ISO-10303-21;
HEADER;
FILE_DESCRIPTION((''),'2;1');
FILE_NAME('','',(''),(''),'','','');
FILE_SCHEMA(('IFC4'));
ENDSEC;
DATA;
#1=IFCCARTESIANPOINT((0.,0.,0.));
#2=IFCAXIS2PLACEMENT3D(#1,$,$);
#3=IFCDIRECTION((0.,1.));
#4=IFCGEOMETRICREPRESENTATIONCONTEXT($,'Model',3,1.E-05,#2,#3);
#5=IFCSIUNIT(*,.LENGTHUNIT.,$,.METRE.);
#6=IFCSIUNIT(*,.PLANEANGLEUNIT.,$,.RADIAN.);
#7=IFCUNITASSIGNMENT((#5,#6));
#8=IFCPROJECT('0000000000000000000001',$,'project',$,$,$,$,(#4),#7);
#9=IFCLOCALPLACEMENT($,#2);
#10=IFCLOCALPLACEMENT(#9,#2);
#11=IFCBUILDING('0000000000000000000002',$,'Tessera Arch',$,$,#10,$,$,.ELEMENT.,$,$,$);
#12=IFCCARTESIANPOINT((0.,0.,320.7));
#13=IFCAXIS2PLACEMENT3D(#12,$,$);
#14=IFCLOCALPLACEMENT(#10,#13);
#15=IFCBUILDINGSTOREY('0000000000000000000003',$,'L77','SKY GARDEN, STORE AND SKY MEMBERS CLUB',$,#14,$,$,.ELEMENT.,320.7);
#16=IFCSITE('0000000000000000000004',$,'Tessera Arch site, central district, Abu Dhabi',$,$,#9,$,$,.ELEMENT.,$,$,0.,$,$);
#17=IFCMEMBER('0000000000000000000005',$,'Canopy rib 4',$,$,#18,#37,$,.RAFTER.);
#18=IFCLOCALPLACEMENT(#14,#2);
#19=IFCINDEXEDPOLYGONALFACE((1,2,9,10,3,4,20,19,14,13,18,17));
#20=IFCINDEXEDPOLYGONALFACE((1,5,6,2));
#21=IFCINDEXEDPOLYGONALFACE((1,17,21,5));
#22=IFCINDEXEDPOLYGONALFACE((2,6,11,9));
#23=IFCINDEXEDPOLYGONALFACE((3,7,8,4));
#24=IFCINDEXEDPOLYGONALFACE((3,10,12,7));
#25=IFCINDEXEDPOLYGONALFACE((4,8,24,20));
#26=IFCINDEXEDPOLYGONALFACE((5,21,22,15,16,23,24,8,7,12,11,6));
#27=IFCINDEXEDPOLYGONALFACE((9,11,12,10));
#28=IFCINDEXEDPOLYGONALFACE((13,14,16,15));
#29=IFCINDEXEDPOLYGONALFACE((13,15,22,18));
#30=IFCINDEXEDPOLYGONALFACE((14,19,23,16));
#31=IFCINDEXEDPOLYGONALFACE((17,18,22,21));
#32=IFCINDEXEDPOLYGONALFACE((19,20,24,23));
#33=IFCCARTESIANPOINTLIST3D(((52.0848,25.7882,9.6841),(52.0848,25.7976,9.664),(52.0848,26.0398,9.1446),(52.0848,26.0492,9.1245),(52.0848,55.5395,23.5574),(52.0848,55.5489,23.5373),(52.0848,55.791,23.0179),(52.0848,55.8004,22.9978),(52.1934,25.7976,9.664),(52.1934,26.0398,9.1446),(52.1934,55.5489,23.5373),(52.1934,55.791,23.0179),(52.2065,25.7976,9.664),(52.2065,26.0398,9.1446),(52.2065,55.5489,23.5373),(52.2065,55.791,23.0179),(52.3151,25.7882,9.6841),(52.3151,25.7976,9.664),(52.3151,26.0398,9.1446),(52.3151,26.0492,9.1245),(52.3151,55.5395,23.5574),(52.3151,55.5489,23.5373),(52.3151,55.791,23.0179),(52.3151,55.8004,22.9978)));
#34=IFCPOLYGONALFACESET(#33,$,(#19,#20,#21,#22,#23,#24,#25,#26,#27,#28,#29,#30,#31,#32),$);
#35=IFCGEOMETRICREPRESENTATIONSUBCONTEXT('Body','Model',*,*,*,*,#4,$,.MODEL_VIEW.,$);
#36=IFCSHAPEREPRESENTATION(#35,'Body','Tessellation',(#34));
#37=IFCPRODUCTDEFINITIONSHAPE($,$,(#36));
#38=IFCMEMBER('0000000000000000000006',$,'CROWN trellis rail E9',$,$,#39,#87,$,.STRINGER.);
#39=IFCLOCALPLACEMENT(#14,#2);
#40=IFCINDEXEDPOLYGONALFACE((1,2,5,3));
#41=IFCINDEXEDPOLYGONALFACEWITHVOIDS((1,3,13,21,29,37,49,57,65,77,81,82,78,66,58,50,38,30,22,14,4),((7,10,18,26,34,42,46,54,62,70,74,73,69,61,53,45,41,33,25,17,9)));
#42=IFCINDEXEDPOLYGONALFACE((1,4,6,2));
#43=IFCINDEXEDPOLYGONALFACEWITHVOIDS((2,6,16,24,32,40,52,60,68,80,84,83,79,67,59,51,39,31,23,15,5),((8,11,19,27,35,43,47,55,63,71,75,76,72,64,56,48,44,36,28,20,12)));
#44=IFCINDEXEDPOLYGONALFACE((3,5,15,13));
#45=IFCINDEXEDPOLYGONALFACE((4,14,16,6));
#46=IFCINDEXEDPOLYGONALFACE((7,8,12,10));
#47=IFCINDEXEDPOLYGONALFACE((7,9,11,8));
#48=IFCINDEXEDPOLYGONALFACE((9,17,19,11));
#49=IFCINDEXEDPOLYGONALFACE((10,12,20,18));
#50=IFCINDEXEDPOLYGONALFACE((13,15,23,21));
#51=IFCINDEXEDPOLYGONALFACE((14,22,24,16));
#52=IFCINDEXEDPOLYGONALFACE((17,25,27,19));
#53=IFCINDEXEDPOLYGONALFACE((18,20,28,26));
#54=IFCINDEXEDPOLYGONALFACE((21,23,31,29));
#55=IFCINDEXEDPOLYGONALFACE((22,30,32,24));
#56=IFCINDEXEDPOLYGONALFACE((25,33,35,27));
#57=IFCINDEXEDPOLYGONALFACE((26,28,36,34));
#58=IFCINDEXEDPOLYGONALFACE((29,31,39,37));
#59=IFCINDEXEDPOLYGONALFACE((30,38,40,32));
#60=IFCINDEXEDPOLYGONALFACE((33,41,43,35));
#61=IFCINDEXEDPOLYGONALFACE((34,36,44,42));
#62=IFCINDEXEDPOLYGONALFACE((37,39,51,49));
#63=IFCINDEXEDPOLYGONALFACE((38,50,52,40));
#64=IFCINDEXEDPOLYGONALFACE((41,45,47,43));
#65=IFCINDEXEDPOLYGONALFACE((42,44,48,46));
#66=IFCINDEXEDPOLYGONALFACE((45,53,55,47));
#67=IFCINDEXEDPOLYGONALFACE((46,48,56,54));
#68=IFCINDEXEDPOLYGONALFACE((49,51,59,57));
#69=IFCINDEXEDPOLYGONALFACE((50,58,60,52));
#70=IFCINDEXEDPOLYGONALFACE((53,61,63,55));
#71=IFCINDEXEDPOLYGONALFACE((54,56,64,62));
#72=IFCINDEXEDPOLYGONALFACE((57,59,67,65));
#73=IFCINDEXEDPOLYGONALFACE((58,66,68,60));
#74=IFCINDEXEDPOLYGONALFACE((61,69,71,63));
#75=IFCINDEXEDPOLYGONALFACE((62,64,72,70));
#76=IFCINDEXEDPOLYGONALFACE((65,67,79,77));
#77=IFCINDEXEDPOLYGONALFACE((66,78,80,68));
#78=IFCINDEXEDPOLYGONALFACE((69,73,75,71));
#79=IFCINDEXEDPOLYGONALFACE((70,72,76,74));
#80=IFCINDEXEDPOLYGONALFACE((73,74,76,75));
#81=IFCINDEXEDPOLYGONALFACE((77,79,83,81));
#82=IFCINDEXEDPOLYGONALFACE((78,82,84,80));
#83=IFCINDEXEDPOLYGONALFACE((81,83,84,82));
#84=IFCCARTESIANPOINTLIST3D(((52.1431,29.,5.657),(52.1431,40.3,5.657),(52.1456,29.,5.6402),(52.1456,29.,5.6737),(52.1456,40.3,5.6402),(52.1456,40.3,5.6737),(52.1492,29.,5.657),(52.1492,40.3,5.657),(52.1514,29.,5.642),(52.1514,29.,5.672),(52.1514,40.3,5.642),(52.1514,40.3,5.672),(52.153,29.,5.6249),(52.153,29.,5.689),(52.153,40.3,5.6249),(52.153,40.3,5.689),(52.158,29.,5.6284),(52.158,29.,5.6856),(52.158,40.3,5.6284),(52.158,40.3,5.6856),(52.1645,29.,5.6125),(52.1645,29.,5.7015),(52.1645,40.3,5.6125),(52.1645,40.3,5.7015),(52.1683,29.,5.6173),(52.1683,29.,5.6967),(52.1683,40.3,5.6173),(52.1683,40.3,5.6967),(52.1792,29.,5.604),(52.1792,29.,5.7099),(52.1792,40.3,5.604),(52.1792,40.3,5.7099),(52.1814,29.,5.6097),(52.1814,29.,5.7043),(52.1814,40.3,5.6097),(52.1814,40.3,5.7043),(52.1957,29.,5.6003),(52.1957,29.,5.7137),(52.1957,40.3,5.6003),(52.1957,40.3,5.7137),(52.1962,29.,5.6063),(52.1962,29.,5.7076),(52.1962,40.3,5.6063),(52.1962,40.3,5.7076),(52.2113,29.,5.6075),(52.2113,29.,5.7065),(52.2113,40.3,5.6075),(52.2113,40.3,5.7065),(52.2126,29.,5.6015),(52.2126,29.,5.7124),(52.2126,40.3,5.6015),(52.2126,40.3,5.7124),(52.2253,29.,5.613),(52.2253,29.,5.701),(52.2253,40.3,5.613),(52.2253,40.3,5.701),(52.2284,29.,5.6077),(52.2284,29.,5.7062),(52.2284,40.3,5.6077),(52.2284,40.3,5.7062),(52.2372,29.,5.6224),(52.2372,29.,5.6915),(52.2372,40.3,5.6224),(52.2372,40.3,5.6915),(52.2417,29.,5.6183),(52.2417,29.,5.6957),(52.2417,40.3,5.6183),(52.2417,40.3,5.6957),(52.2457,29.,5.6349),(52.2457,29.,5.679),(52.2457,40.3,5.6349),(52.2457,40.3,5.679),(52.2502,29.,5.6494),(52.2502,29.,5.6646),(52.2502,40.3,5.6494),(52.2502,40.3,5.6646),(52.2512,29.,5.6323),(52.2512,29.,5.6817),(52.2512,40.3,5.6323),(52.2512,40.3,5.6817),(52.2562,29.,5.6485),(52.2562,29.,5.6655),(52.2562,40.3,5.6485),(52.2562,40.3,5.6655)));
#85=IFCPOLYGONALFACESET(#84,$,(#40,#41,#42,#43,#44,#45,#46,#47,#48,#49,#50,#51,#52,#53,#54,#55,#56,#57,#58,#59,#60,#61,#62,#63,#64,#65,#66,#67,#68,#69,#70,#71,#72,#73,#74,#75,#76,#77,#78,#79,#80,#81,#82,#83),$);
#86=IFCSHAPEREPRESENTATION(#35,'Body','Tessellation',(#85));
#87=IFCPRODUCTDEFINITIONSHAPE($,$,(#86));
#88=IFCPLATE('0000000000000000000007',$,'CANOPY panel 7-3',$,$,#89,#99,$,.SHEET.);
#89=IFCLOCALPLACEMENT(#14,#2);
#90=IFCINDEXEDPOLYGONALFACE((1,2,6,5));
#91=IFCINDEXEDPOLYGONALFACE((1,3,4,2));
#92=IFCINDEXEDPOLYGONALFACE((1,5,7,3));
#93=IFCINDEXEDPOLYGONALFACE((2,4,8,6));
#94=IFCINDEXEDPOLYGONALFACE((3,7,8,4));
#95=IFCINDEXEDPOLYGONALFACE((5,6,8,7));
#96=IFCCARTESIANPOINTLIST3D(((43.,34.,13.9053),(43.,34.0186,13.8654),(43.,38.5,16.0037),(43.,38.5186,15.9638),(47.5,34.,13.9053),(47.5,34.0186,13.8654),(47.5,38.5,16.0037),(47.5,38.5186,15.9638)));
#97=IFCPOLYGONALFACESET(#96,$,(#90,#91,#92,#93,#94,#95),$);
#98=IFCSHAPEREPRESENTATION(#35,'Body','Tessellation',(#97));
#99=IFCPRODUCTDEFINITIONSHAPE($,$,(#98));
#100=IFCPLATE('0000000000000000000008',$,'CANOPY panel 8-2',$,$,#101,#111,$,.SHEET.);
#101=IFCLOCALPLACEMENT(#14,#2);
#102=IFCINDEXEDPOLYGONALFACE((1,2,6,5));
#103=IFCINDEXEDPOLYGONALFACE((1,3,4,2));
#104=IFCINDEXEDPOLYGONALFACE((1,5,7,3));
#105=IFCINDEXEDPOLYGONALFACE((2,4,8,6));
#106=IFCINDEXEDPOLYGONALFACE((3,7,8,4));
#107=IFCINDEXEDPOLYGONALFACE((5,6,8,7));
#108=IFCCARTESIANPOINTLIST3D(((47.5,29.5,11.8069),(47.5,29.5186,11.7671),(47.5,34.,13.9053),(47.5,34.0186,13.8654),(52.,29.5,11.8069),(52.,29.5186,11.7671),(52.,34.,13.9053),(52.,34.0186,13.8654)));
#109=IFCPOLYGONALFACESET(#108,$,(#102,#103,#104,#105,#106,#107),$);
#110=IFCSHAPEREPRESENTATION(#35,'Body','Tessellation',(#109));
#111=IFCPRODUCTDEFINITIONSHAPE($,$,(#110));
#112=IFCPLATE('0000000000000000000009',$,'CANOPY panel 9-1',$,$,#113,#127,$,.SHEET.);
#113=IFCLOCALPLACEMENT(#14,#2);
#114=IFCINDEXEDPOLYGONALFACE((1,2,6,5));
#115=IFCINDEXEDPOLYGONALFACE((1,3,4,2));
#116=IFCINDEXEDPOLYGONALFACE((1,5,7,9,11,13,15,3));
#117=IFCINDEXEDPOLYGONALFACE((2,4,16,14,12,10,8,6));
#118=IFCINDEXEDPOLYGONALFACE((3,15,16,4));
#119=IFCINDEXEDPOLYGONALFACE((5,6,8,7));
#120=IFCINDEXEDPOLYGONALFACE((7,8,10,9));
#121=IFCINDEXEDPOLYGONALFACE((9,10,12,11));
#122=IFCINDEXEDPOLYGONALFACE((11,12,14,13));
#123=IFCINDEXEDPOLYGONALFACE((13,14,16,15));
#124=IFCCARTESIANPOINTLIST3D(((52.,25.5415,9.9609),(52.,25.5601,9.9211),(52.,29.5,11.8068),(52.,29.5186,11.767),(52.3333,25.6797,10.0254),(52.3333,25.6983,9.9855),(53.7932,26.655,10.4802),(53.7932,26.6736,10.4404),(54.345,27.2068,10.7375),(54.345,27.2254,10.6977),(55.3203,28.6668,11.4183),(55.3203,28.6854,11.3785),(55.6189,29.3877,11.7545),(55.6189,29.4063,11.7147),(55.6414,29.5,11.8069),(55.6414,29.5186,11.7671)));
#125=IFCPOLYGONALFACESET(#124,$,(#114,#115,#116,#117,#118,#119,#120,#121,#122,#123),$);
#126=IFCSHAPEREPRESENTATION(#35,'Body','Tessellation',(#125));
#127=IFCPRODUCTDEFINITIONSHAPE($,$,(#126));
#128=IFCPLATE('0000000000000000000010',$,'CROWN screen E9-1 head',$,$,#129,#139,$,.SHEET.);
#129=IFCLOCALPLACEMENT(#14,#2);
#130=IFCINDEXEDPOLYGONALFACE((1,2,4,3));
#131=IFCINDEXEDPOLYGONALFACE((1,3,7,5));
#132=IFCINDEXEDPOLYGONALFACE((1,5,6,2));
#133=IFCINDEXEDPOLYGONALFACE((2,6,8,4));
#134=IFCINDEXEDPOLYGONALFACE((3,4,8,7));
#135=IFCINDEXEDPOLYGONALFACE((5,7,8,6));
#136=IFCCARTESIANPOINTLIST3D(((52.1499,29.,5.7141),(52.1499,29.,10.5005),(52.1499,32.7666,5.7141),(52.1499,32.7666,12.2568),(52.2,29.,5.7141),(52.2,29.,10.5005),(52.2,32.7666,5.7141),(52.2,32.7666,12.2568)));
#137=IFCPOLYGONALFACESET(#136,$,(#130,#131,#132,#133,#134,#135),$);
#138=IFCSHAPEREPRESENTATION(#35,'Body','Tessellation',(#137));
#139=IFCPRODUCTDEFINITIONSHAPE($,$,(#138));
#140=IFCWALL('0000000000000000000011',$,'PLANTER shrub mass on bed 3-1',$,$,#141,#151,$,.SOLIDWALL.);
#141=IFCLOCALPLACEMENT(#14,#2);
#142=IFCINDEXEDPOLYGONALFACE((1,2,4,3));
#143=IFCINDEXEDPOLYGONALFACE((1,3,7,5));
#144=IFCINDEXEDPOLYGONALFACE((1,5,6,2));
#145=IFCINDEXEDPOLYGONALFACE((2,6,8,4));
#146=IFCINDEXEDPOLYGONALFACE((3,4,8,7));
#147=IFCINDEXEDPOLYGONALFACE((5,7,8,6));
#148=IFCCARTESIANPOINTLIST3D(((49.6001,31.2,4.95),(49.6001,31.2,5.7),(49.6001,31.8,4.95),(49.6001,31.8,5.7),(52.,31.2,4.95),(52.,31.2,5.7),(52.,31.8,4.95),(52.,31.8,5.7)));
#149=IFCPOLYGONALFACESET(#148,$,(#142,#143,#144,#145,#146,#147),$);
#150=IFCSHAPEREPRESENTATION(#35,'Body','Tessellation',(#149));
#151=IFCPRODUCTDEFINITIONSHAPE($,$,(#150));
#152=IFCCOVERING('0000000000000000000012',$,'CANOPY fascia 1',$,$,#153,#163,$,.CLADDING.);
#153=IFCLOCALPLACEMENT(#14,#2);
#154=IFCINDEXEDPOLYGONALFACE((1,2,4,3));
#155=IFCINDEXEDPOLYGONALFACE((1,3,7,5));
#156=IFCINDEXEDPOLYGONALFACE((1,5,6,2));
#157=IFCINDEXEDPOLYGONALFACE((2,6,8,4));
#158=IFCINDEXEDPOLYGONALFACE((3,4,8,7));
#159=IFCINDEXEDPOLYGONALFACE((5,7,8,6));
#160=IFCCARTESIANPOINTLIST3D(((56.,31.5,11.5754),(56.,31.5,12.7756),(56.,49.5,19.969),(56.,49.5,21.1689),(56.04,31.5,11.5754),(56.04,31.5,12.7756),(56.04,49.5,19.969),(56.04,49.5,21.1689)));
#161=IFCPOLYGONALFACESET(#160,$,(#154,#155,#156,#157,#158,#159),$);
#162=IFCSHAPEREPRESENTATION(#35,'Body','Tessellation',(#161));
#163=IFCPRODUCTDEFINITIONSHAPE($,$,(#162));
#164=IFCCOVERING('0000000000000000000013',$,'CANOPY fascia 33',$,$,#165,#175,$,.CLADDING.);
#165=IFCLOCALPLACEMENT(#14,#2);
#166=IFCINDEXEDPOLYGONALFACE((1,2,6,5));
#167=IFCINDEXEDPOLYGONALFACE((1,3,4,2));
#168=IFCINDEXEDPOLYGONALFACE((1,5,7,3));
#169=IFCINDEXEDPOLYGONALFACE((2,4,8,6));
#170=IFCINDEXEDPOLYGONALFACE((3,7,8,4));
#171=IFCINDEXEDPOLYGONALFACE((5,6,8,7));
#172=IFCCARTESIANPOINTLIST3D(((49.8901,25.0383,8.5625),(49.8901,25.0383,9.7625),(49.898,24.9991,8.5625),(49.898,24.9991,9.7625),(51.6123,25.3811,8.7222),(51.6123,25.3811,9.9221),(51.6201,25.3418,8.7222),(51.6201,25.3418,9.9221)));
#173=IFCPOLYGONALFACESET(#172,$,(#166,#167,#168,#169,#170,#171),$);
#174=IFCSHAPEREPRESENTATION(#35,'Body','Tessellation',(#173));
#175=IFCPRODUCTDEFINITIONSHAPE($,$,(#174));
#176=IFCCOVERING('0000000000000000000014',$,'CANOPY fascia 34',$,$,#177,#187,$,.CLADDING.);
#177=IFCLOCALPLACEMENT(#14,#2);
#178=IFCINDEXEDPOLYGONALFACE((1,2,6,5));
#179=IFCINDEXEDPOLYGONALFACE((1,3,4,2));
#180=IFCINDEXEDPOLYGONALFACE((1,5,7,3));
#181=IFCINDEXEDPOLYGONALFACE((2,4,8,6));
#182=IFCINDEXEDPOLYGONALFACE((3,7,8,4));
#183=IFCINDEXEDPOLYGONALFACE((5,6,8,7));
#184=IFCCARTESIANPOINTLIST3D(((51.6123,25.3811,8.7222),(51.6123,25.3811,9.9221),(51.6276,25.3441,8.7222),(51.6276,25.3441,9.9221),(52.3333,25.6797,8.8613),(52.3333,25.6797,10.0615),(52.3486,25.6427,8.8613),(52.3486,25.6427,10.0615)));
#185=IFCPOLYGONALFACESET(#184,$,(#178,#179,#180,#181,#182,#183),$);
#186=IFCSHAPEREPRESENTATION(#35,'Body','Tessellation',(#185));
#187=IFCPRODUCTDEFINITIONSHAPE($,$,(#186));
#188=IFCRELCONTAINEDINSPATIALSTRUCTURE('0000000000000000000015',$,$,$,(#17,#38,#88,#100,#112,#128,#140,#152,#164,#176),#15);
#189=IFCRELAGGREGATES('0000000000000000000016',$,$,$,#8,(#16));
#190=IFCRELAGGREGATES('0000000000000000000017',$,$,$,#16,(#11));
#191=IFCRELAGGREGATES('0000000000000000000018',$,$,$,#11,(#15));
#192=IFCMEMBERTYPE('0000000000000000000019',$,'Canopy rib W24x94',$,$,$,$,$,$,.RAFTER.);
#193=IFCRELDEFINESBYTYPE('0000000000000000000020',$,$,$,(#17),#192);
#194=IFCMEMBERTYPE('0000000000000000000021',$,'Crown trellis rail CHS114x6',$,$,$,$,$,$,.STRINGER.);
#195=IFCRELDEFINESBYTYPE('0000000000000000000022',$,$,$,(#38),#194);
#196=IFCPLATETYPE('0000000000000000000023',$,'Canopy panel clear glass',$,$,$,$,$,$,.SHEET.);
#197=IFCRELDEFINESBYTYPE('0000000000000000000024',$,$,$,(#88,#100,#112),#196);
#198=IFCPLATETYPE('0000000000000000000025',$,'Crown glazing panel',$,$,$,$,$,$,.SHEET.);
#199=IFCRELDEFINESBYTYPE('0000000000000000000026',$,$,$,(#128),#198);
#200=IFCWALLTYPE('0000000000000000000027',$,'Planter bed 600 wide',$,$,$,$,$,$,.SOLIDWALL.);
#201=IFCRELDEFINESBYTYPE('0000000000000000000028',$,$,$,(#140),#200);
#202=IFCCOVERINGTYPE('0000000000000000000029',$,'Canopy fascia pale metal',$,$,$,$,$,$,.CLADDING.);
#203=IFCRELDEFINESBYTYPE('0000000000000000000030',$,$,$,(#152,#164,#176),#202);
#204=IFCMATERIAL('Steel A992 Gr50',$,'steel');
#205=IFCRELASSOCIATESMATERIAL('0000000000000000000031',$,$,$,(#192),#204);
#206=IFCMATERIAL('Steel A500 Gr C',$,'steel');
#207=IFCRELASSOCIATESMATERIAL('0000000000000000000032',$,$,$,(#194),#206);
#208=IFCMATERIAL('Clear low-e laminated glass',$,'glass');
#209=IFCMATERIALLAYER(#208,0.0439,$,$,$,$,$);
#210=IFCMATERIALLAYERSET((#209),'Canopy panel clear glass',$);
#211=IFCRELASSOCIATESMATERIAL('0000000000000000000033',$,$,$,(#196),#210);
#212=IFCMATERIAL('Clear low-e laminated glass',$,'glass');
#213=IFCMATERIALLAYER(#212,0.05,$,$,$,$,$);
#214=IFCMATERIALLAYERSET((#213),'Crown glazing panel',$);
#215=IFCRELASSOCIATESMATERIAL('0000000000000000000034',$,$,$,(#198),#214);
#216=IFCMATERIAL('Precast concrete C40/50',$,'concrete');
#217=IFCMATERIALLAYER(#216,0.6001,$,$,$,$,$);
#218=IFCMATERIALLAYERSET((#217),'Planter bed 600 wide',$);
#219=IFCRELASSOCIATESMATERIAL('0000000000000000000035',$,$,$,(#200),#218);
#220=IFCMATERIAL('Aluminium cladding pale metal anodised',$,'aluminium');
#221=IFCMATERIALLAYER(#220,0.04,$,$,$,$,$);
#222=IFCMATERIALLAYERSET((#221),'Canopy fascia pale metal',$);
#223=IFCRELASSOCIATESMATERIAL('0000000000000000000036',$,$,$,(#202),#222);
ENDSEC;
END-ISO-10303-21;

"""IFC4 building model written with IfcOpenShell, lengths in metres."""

from ifc_helpers import new_model, si_unit, direction, frame, frame_2d, origin, origin_2d, place, context, subcontext, project, spatial, polyline, rectangle, hollow_circle, i_section, outline, extrude, material, layer, layer_set, material_profile, profile_set, type_object, element, save


model = new_model("IFC4")

# Units and contexts
model_context = context("Model", 3, precision=1e-05, world=origin(), true_north=direction((0.0, 1.0)))
body_context = subcontext(model_context, "Body", "Model", "MODEL_VIEW")
ifc_project = project(units=[si_unit("LENGTHUNIT", "METRE"), si_unit("PLANEANGLEUNIT", "RADIAN")], contexts=[model_context])

# Site, building, storey
site_placement = place(None, origin())
site = spatial("IfcSite", under=ifc_project, at=site_placement, Name="Tessera Arch site, central district, Abu Dhabi", CompositionType="ELEMENT", RefElevation=0.0)
building_placement = place(site_placement, origin())
building = spatial("IfcBuilding", under=site, at=building_placement, Name="Tessera Arch", CompositionType="ELEMENT")
storey_placement = place(building_placement, frame((0.0, 0.0, 320.7)))
storey = spatial("IfcBuildingStorey", under=building, at=storey_placement, Name="L77", Description="SKY GARDEN, STORE AND SKY MEMBERS CLUB", CompositionType="ELEMENT", Elevation=320.7)

# Members
ifc_material_1 = material(Name="Steel A992 Gr50", Category="steel")
ifc_material_profile_1 = material_profile(ifc_material_1, i_section(OverallWidth=0.2302, OverallDepth=0.6174, WebThickness=0.0132, FlangeThickness=0.0222, at=origin_2d()), Name="W24x94")
ifc_profile_set_1 = profile_set([ifc_material_profile_1], Name="Steel A992 Gr50")
member_type_1 = type_object("IfcMemberType", Name="Canopy rib W24x94", PredefinedType="RAFTER", material=ifc_profile_set_1)
member_1_placement = place(storey_placement, frame((52.2, 25.9187, 9.4043), z_axis=(0.0, 0.906307, 0.42262), x_axis=(-1.0, 0.0, 0.0)))
element("IfcMember", 1, at=member_1_placement, inside=storey, type_object=member_type_1, Name="Canopy rib 4", PredefinedType="RAFTER", context=body_context, shape_type="SweptSolid", body=[
    extrude(i_section(OverallWidth=0.2302, OverallDepth=0.6174, WebThickness=0.0132, FlangeThickness=0.0222, at=origin_2d()), origin(), (0.0, 0.0, 1.0), 32.8269),
])
ifc_material_2 = material(Name="Steel A500 Gr C", Category="steel")
ifc_material_profile_2 = material_profile(ifc_material_2, hollow_circle(Radius=0.0569, WallThickness=0.0061, at=origin_2d()), Name="Crown trellis rail CHS114x6")
ifc_profile_set_2 = profile_set([ifc_material_profile_2], Name="Steel A500 Gr C")
member_type_2 = type_object("IfcMemberType", Name="Crown trellis rail CHS114x6", PredefinedType="STRINGER", material=ifc_profile_set_2)
member_2_placement = place(storey_placement, frame((52.2, 29.0, 5.657), z_axis=(0.0, 1.0, 0.0), x_axis=(-1.0, 0.0, 0.0)))
element("IfcMember", 2, at=member_2_placement, inside=storey, type_object=member_type_2, Name="CROWN trellis rail E9", PredefinedType="STRINGER", context=body_context, shape_type="SweptSolid", body=[
    extrude(hollow_circle(Radius=0.0569, WallThickness=0.0061, at=origin_2d()), origin(), (0.0, 0.0, 1.0), 11.3),
])

# Plates
ifc_material_3 = material(Name="Clear low-e laminated glass", Category="glass")
ifc_layer_1 = layer(ifc_material_3, 0.0439)
ifc_layer_set_1 = layer_set([ifc_layer_1], Name="Canopy panel clear glass")
plate_type_1 = type_object("IfcPlateType", Name="Canopy panel clear glass", PredefinedType="SHEET", material=ifc_layer_set_1)
for number, where, z_axis, x_axis, name in (
    (3, (47.5, 34.0, 13.9053), (0.0, -0.422619, 0.906307), (0.0, 0.906307, 0.422619), "CANOPY panel 7-3"),
    (4, (52.0, 29.5, 11.8069), (0.0, -0.422619, 0.906307), (0.0, 0.906307, 0.422619), "CANOPY panel 8-2"),
):
    element("IfcPlate", number, at=place(storey_placement, frame(where, z_axis=z_axis, x_axis=x_axis)), inside=storey, type_object=plate_type_1, Name=name, PredefinedType="SHEET", context=body_context, shape_type="SweptSolid", body=[
        extrude(outline(polyline([(0.0, 0.0), (4.9652, 0.0), (4.9652, 4.5), (0.0, 4.5), (0.0, 0.0)])), origin(), (0.0, 0.0, -1.0), 0.0439),
    ])
plate_1_placement = place(storey_placement, frame((55.6414, 29.5, 11.8069), z_axis=(-0.000027, -0.422617, 0.906308), x_axis=(-1.0, 0.000011, -0.000025)))
element("IfcPlate", 5, at=plate_1_placement, inside=storey, type_object=plate_type_1, Name="CANOPY panel 9-1", PredefinedType="SHEET", context=body_context, shape_type="SweptSolid", body=[
    extrude(outline(polyline([(0.0, 0.0), (3.6414, 0.0), (3.6414, 4.3677), (3.3081, 4.2153), (1.8481, 3.1391), (1.2964, 2.5303), (0.321, 0.9193), (0.0225, 0.1239), (0.0, 0.0)])), origin(), (0.0, 0.0, -1.0), 0.0439),
])
ifc_material_4 = material(Name="Clear low-e laminated glass", Category="glass")
ifc_layer_2 = layer(ifc_material_4, 0.05)
ifc_layer_set_2 = layer_set([ifc_layer_2], Name="Crown glazing panel")
plate_type_2 = type_object("IfcPlateType", Name="Crown glazing panel", PredefinedType="SHEET", material=ifc_layer_set_2)
plate_2_placement = place(storey_placement, frame((52.2, 29.0, 5.7141), z_axis=(1.0, 0.0, 0.0), x_axis=(0.0, 1.0, 0.0)))
element("IfcPlate", 6, at=plate_2_placement, inside=storey, type_object=plate_type_2, Name="CROWN screen E9-1 head", PredefinedType="SHEET", context=body_context, shape_type="SweptSolid", body=[
    extrude(outline(polyline([(0.0, 0.0), (3.7666, 0.0), (3.7666, 6.5427), (0.0, 4.7864), (0.0, 0.0)])), origin(), (0.0, 0.0, -1.0), 0.05),
])

# Wall
ifc_material_5 = material(Name="Precast concrete C40/50", Category="concrete")
ifc_layer_3 = layer(ifc_material_5, 0.6001)
ifc_layer_set_3 = layer_set([ifc_layer_3], Name="Planter bed 600 wide")
wall_type = type_object("IfcWallType", Name="Planter bed 600 wide", PredefinedType="SOLIDWALL", material=ifc_layer_set_3)
wall_placement = place(storey_placement, frame((49.6001, 31.5, 4.95), z_axis=(0.0, 0.0, 1.0), x_axis=(1.0, 0.0, 0.0)))
element("IfcWall", 7, at=wall_placement, inside=storey, type_object=wall_type, Name="PLANTER shrub mass on bed 3-1", PredefinedType="SOLIDWALL", context=body_context, shape_type="SweptSolid", body=[
    extrude(rectangle(XDim=2.3999, YDim=0.6001, at=frame_2d((1.2, 0.0))), origin(), (0.0, 0.0, 1.0), 0.75),
])

# Coverings
ifc_material_6 = material(Name="Aluminium cladding pale metal anodised", Category="aluminium")
ifc_layer_4 = layer(ifc_material_6, 0.04)
ifc_layer_set_4 = layer_set([ifc_layer_4], Name="Canopy fascia pale metal")
covering_type_1 = type_object("IfcCoveringType", Name="Canopy fascia pale metal", PredefinedType="CLADDING", material=ifc_layer_set_4)
covering_1_placement = place(storey_placement, frame((56.0, 31.5, 12.7756), z_axis=(-1.0, 0.0, 0.0), x_axis=(0.0, 0.906312, 0.422609)))
element("IfcCovering", 8, at=covering_1_placement, inside=storey, type_object=covering_type_1, Name="CANOPY fascia 1", PredefinedType="CLADDING", context=body_context, shape_type="SweptSolid", body=[
    extrude(outline(polyline([(0.0, 0.0), (19.8607, 0.0), (19.3536, 1.0875), (-0.5072, 1.0878), (0.0, 0.0)])), origin(), (0.0, 0.0, -1.0), 0.04),
])
covering_2_placement = place(storey_placement, frame((49.8901, 25.0383, 9.7625), z_axis=(-0.195207, 0.980762, 0.0), x_axis=(0.976732, 0.194405, 0.090556)))
element("IfcCovering", 9, at=covering_2_placement, inside=storey, type_object=covering_type_1, Name="CANOPY fascia 33", PredefinedType="CLADDING", context=body_context, shape_type="SweptSolid", body=[
    extrude(outline(polyline([(0.0, 0.0), (1.7632, 0.0), (1.6545, 1.195), (-0.1087, 1.195), (0.0, 0.0)])), origin(), (0.0, 0.0, -1.0), 0.04),
])
covering_3_placement = place(storey_placement, frame((51.6123, 25.3811, 9.9221), z_axis=(-0.382637, 0.923899, 0.0), x_axis=(0.909499, 0.376674, 0.175863)))
element("IfcCovering", 10, at=covering_3_placement, inside=storey, type_object=covering_type_1, Name="CANOPY fascia 34", PredefinedType="CLADDING", context=body_context, shape_type="SweptSolid", body=[
    extrude(outline(polyline([(0.0, 0.0), (0.7927, 0.0), (0.5816, 1.1815), (-0.211, 1.1812), (0.0, 0.0)])), origin(), (0.0, 0.0, -1.0), 0.04),
])

save(model, "model.ifc")
